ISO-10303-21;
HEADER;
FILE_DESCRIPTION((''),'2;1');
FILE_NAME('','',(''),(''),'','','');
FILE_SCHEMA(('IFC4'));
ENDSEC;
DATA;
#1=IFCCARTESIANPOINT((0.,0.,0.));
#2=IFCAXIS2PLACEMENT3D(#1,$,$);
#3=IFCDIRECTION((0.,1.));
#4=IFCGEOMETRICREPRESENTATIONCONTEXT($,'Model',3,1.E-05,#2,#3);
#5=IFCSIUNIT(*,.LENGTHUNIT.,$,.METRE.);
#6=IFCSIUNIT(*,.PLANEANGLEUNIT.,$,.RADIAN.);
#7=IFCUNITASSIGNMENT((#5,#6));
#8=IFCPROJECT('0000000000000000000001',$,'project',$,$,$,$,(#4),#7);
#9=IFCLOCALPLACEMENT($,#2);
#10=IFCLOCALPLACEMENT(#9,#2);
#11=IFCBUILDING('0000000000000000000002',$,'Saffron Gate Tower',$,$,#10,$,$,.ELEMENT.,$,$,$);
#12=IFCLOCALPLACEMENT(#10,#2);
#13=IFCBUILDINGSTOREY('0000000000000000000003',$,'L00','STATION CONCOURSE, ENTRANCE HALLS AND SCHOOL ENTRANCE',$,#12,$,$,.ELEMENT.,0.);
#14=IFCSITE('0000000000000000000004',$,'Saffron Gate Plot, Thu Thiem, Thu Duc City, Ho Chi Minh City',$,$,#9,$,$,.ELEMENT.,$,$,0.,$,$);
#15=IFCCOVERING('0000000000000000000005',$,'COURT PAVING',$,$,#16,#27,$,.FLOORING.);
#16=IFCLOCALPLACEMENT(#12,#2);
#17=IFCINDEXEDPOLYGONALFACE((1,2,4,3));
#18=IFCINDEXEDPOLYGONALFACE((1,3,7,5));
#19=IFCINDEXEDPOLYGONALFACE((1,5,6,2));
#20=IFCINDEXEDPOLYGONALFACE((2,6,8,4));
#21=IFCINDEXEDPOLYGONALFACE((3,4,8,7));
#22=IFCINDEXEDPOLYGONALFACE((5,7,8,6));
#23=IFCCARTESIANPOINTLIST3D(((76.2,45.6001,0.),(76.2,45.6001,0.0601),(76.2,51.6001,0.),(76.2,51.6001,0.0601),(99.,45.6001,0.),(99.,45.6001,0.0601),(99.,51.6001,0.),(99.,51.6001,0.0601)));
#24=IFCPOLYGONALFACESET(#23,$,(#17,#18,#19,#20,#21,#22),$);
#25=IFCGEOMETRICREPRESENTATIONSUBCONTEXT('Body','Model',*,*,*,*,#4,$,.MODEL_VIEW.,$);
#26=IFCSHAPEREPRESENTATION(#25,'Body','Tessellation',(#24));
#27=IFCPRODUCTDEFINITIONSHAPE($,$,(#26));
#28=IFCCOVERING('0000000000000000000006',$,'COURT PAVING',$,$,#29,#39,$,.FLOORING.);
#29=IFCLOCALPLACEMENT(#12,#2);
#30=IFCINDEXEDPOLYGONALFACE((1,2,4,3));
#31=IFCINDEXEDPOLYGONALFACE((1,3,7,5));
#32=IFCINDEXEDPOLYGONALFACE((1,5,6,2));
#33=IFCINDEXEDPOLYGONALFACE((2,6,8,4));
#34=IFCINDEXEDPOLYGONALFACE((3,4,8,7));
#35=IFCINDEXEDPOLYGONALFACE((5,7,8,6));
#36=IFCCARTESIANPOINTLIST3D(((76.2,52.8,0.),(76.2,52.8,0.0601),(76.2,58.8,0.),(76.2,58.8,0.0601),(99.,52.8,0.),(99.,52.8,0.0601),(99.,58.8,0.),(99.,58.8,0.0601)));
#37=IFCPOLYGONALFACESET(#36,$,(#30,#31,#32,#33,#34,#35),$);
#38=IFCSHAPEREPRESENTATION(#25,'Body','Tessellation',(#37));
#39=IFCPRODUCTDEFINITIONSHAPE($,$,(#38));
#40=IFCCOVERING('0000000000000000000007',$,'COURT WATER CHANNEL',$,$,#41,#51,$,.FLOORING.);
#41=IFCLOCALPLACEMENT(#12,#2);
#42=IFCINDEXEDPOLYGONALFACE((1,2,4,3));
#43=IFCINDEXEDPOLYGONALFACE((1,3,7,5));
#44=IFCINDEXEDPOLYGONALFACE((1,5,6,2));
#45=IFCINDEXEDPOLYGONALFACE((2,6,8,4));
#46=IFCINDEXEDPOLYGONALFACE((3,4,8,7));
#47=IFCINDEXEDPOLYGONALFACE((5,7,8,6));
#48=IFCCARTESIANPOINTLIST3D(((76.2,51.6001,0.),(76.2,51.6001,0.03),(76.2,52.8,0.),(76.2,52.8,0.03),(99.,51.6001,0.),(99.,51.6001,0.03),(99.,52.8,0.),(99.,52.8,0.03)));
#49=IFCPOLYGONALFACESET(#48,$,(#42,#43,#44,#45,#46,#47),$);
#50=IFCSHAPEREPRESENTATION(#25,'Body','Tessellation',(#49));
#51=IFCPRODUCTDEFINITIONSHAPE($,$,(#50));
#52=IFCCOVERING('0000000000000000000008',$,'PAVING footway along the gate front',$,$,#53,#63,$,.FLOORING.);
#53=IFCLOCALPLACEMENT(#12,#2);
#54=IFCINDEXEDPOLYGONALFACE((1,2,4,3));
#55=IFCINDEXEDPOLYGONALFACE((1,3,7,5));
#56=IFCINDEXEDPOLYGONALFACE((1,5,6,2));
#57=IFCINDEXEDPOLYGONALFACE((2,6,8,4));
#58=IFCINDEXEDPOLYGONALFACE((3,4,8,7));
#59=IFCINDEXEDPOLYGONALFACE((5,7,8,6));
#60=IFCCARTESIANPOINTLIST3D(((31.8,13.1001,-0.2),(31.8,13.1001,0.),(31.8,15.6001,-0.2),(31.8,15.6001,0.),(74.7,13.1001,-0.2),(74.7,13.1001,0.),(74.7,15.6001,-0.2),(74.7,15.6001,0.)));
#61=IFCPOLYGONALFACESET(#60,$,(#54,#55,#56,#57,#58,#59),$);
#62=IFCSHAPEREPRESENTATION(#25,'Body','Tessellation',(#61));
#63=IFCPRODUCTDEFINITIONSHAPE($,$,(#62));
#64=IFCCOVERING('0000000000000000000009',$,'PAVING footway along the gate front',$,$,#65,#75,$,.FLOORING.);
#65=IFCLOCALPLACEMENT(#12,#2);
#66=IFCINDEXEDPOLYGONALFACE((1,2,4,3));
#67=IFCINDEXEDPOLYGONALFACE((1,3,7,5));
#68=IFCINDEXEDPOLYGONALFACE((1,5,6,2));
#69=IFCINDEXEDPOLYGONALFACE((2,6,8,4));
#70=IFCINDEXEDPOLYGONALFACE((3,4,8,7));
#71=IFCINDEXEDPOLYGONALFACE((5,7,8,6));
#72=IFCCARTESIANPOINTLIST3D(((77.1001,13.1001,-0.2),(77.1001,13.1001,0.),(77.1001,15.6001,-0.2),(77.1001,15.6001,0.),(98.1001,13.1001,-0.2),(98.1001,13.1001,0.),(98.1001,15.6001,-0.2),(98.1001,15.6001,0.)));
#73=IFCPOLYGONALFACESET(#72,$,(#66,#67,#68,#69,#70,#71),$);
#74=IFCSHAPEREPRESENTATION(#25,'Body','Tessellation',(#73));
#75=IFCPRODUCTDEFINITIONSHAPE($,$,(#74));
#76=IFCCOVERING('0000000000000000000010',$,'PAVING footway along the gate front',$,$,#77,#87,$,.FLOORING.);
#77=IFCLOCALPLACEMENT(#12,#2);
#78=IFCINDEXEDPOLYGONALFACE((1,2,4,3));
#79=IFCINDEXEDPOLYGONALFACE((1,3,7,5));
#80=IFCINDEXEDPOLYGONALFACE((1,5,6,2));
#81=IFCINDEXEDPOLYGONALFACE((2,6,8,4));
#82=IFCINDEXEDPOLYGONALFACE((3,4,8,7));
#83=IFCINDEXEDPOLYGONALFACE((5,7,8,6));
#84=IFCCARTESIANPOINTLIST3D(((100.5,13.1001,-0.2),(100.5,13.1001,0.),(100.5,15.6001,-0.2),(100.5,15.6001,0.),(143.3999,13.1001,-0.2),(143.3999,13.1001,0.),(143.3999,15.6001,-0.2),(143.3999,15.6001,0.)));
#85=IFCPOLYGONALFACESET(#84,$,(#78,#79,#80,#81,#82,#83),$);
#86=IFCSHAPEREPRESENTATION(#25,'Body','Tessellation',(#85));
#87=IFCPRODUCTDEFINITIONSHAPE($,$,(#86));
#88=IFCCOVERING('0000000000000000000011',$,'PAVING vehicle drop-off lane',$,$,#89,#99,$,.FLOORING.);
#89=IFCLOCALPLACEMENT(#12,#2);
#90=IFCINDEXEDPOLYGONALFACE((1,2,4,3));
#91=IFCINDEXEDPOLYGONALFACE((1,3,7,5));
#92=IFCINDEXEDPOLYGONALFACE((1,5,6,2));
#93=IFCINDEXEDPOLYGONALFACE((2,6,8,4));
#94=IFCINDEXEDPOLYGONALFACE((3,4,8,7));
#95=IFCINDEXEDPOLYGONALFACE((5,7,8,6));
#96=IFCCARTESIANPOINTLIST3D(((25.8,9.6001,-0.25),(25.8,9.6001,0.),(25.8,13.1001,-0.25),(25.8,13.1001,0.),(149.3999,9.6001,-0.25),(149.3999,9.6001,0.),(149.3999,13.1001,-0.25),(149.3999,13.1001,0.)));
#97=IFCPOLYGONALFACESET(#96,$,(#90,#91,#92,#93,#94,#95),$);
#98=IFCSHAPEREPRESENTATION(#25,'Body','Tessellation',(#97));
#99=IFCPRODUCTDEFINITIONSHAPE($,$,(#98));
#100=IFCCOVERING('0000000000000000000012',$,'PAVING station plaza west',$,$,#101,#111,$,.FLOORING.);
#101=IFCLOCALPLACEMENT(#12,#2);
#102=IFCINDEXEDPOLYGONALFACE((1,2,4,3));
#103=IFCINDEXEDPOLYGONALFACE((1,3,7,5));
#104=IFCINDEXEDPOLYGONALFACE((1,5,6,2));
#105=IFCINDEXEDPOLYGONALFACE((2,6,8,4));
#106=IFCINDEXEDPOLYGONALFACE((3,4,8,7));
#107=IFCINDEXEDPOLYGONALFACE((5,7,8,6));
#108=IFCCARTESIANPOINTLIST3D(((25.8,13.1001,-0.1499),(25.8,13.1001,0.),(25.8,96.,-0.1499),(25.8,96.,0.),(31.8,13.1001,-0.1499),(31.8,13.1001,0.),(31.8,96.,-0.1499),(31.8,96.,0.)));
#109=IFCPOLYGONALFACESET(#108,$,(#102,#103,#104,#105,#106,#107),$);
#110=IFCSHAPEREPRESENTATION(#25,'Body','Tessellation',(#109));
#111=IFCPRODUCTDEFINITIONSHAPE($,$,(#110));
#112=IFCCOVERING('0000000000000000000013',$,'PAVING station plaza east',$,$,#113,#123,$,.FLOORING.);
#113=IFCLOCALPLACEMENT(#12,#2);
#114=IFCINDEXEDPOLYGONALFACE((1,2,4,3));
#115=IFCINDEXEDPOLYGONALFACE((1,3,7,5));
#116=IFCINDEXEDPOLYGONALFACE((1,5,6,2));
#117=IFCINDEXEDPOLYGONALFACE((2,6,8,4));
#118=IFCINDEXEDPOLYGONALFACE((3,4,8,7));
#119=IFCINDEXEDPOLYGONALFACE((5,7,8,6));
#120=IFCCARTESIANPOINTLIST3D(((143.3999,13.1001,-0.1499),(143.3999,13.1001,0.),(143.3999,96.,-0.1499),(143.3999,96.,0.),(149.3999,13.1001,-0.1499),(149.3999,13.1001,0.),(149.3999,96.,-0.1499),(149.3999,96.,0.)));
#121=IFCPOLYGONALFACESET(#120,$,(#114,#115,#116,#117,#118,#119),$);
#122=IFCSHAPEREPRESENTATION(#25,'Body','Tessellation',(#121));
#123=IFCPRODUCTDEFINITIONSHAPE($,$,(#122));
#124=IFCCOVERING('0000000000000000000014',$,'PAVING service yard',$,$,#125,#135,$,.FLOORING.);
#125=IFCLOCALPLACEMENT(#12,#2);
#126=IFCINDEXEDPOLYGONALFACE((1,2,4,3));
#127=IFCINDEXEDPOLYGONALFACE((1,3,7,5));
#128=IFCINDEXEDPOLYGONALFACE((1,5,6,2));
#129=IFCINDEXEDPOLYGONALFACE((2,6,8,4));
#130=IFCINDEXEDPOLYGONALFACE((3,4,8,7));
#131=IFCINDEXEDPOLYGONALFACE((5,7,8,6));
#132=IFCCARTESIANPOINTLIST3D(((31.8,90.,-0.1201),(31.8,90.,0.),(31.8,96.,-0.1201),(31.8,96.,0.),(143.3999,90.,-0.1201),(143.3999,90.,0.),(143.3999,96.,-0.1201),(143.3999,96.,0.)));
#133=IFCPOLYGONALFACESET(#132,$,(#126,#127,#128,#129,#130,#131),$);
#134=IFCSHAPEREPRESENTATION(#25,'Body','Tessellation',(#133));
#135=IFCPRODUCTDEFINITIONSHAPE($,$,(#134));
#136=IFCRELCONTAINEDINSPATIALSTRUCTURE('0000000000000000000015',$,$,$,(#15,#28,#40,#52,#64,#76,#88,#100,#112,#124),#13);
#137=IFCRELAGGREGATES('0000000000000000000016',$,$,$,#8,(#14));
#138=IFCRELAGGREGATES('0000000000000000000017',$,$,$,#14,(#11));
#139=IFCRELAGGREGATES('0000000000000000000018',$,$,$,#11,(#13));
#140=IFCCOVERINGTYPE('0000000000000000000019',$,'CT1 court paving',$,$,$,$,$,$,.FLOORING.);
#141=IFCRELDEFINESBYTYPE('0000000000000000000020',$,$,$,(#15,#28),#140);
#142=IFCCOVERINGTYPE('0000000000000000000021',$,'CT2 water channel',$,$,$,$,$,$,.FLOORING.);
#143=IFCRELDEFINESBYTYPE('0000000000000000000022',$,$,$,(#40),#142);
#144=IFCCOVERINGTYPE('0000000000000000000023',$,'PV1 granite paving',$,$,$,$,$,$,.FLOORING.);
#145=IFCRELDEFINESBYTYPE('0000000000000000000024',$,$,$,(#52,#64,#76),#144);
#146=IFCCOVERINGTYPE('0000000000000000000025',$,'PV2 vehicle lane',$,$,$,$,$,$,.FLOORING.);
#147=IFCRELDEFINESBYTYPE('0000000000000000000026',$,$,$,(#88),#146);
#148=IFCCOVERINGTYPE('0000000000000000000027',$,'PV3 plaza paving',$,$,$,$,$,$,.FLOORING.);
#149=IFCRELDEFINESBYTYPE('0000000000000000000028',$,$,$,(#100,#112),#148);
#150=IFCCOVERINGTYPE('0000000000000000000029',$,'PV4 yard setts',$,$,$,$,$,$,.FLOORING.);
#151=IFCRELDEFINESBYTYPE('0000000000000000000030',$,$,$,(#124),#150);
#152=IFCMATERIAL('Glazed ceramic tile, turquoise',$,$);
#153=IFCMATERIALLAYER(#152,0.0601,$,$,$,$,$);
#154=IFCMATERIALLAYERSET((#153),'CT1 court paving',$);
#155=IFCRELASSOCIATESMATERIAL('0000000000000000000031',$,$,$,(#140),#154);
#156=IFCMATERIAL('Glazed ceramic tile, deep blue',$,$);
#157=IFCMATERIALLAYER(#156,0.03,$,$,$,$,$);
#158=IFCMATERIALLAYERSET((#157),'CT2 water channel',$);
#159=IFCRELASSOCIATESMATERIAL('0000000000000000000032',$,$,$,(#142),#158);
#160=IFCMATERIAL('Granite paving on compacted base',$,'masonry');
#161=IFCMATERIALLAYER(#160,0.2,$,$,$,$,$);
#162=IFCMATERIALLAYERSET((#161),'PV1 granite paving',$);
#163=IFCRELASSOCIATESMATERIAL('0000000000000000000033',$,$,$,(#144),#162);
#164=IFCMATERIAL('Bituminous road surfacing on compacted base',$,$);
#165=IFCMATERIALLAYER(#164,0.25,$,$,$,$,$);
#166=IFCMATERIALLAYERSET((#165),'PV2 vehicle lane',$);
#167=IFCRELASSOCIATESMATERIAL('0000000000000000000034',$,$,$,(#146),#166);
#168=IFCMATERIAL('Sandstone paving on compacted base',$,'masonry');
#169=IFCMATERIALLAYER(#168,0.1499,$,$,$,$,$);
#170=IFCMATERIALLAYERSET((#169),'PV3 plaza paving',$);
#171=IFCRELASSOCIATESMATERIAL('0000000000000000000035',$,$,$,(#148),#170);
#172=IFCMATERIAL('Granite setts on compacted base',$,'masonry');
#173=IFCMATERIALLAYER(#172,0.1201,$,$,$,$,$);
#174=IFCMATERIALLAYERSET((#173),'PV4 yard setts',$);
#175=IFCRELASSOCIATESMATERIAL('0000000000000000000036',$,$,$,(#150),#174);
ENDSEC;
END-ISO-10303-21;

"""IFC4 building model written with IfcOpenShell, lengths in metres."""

from ifc_helpers import new_model, si_unit, direction, frame, origin, place, context, subcontext, project, spatial, polyline, outline, extrude, material, layer, layer_set, type_object, element, save


model = new_model("IFC4")

# Units and contexts
model_context = context("Model", 3, precision=1e-05, world=origin(), true_north=direction((0.0, 1.0)))
body_context = subcontext(model_context, "Body", "Model", "MODEL_VIEW")
ifc_project = project(units=[si_unit("LENGTHUNIT", "METRE"), si_unit("PLANEANGLEUNIT", "RADIAN")], contexts=[model_context])

# Site, building, storey
site_placement = place(None, origin())
site = spatial("IfcSite", under=ifc_project, at=site_placement, Name="Saffron Gate Plot, Thu Thiem, Thu Duc City, Ho Chi Minh City", CompositionType="ELEMENT", RefElevation=0.0)
building_placement = place(site_placement, origin())
building = spatial("IfcBuilding", under=site, at=building_placement, Name="Saffron Gate Tower", CompositionType="ELEMENT")
storey_placement = place(building_placement, origin())
storey = spatial("IfcBuildingStorey", under=building, at=storey_placement, Name="L00", Description="STATION CONCOURSE, ENTRANCE HALLS AND SCHOOL ENTRANCE", CompositionType="ELEMENT", Elevation=0.0)

# Coverings
ifc_material_1 = material(Name="Glazed ceramic tile, turquoise")
ifc_layer_1 = layer(ifc_material_1, 0.0601)
ifc_layer_set_1 = layer_set([ifc_layer_1], Name="CT1 court paving")
covering_type_1 = type_object("IfcCoveringType", Name="CT1 court paving", PredefinedType="FLOORING", material=ifc_layer_set_1)
covering_1_placement = place(storey_placement, origin())
element("IfcCovering", 1, at=covering_1_placement, inside=storey, type_object=covering_type_1, Name="COURT PAVING", PredefinedType="FLOORING", context=body_context, shape_type="SweptSolid", body=[
    extrude(outline(polyline([(76.2, 45.6001), (99.0, 45.6001), (99.0, 51.6001), (76.2, 51.6001), (76.2, 45.6001)])), origin(), (0.0, 0.0, 1.0), 0.0601),
])
covering_2_placement = place(storey_placement, origin())
element("IfcCovering", 2, at=covering_2_placement, inside=storey, type_object=covering_type_1, Name="COURT PAVING", PredefinedType="FLOORING", context=body_context, shape_type="SweptSolid", body=[
    extrude(outline(polyline([(76.2, 52.8), (99.0, 52.8), (99.0, 58.8), (76.2, 58.8), (76.2, 52.8)])), origin(), (0.0, 0.0, 1.0), 0.0601),
])
ifc_material_2 = material(Name="Glazed ceramic tile, deep blue")
ifc_layer_2 = layer(ifc_material_2, 0.03)
ifc_layer_set_2 = layer_set([ifc_layer_2], Name="CT2 water channel")
covering_type_2 = type_object("IfcCoveringType", Name="CT2 water channel", PredefinedType="FLOORING", material=ifc_layer_set_2)
covering_3_placement = place(storey_placement, origin())
element("IfcCovering", 3, at=covering_3_placement, inside=storey, type_object=covering_type_2, Name="COURT WATER CHANNEL", PredefinedType="FLOORING", context=body_context, shape_type="SweptSolid", body=[
    extrude(outline(polyline([(76.2, 51.6001), (99.0, 51.6001), (99.0, 52.8), (76.2, 52.8), (76.2, 51.6001)])), origin(), (0.0, 0.0, 1.0), 0.03),
])
ifc_material_3 = material(Name="Granite paving on compacted base", Category="masonry")
ifc_layer_3 = layer(ifc_material_3, 0.2)
ifc_layer_set_3 = layer_set([ifc_layer_3], Name="PV1 granite paving")
covering_type_3 = type_object("IfcCoveringType", Name="PV1 granite paving", PredefinedType="FLOORING", material=ifc_layer_set_3)
covering_4_placement = place(storey_placement, frame((0.0, 0.0, -0.2)))
element("IfcCovering", 4, at=covering_4_placement, inside=storey, type_object=covering_type_3, Name="PAVING footway along the gate front", PredefinedType="FLOORING", context=body_context, shape_type="SweptSolid", body=[
    extrude(outline(polyline([(31.8, 15.6001), (74.7, 15.6001), (74.7, 13.1001), (31.8, 13.1001), (31.8, 15.6001)])), origin(), (0.0, 0.0, 1.0), 0.2),
])
covering_5_placement = place(storey_placement, frame((0.0, 0.0, -0.2)))
element("IfcCovering", 5, at=covering_5_placement, inside=storey, type_object=covering_type_3, Name="PAVING footway along the gate front", PredefinedType="FLOORING", context=body_context, shape_type="SweptSolid", body=[
    extrude(outline(polyline([(77.1001, 13.1001), (77.1001, 15.6001), (98.1001, 15.6001), (98.1001, 13.1001), (77.1001, 13.1001)])), origin(), (0.0, 0.0, 1.0), 0.2),
])
covering_6_placement = place(storey_placement, frame((0.0, 0.0, -0.2)))
element("IfcCovering", 6, at=covering_6_placement, inside=storey, type_object=covering_type_3, Name="PAVING footway along the gate front", PredefinedType="FLOORING", context=body_context, shape_type="SweptSolid", body=[
    extrude(outline(polyline([(143.3999, 13.1001), (100.5, 13.1001), (100.5, 15.6001), (143.3999, 15.6001), (143.3999, 13.1001)])), origin(), (0.0, 0.0, 1.0), 0.2),
])
ifc_material_4 = material(Name="Bituminous road surfacing on compacted base")
ifc_layer_4 = layer(ifc_material_4, 0.25)
ifc_layer_set_4 = layer_set([ifc_layer_4], Name="PV2 vehicle lane")
covering_type_4 = type_object("IfcCoveringType", Name="PV2 vehicle lane", PredefinedType="FLOORING", material=ifc_layer_set_4)
covering_7_placement = place(storey_placement, frame((0.0, 0.0, -0.25)))
element("IfcCovering", 7, at=covering_7_placement, inside=storey, type_object=covering_type_4, Name="PAVING vehicle drop-off lane", PredefinedType="FLOORING", context=body_context, shape_type="SweptSolid", body=[
    extrude(outline(polyline([(149.3999, 9.6001), (149.3999, 13.1001), (25.8, 13.1001), (25.8, 9.6001), (149.3999, 9.6001)])), origin(), (0.0, 0.0, 1.0), 0.25),
])
ifc_material_5 = material(Name="Sandstone paving on compacted base", Category="masonry")
ifc_layer_5 = layer(ifc_material_5, 0.1499)
ifc_layer_set_5 = layer_set([ifc_layer_5], Name="PV3 plaza paving")
covering_type_5 = type_object("IfcCoveringType", Name="PV3 plaza paving", PredefinedType="FLOORING", material=ifc_layer_set_5)
covering_8_placement = place(storey_placement, frame((0.0, 0.0, -0.1499)))
element("IfcCovering", 8, at=covering_8_placement, inside=storey, type_object=covering_type_5, Name="PAVING station plaza west", PredefinedType="FLOORING", context=body_context, shape_type="SweptSolid", body=[
    extrude(outline(polyline([(31.8, 13.1001), (31.8, 96.0), (25.8, 96.0), (25.8, 13.1001), (31.8, 13.1001)])), origin(), (0.0, 0.0, 1.0), 0.1499),
])
covering_9_placement = place(storey_placement, frame((0.0, 0.0, -0.1499)))
element("IfcCovering", 9, at=covering_9_placement, inside=storey, type_object=covering_type_5, Name="PAVING station plaza east", PredefinedType="FLOORING", context=body_context, shape_type="SweptSolid", body=[
    extrude(outline(polyline([(149.3999, 13.1001), (149.3999, 96.0), (143.3999, 96.0), (143.3999, 13.1001), (149.3999, 13.1001)])), origin(), (0.0, 0.0, 1.0), 0.1499),
])
ifc_material_6 = material(Name="Granite setts on compacted base", Category="masonry")
ifc_layer_6 = layer(ifc_material_6, 0.1201)
ifc_layer_set_6 = layer_set([ifc_layer_6], Name="PV4 yard setts")
covering_type_6 = type_object("IfcCoveringType", Name="PV4 yard setts", PredefinedType="FLOORING", material=ifc_layer_set_6)
covering_10_placement = place(storey_placement, frame((0.0, 0.0, -0.1201)))
element("IfcCovering", 10, at=covering_10_placement, inside=storey, type_object=covering_type_6, Name="PAVING service yard", PredefinedType="FLOORING", context=body_context, shape_type="SweptSolid", body=[
    extrude(outline(polyline([(143.3999, 90.0), (143.3999, 96.0), (31.8, 96.0), (31.8, 90.0), (143.3999, 90.0)])), origin(), (0.0, 0.0, 1.0), 0.1201),
])

save(model, "model.ifc")
